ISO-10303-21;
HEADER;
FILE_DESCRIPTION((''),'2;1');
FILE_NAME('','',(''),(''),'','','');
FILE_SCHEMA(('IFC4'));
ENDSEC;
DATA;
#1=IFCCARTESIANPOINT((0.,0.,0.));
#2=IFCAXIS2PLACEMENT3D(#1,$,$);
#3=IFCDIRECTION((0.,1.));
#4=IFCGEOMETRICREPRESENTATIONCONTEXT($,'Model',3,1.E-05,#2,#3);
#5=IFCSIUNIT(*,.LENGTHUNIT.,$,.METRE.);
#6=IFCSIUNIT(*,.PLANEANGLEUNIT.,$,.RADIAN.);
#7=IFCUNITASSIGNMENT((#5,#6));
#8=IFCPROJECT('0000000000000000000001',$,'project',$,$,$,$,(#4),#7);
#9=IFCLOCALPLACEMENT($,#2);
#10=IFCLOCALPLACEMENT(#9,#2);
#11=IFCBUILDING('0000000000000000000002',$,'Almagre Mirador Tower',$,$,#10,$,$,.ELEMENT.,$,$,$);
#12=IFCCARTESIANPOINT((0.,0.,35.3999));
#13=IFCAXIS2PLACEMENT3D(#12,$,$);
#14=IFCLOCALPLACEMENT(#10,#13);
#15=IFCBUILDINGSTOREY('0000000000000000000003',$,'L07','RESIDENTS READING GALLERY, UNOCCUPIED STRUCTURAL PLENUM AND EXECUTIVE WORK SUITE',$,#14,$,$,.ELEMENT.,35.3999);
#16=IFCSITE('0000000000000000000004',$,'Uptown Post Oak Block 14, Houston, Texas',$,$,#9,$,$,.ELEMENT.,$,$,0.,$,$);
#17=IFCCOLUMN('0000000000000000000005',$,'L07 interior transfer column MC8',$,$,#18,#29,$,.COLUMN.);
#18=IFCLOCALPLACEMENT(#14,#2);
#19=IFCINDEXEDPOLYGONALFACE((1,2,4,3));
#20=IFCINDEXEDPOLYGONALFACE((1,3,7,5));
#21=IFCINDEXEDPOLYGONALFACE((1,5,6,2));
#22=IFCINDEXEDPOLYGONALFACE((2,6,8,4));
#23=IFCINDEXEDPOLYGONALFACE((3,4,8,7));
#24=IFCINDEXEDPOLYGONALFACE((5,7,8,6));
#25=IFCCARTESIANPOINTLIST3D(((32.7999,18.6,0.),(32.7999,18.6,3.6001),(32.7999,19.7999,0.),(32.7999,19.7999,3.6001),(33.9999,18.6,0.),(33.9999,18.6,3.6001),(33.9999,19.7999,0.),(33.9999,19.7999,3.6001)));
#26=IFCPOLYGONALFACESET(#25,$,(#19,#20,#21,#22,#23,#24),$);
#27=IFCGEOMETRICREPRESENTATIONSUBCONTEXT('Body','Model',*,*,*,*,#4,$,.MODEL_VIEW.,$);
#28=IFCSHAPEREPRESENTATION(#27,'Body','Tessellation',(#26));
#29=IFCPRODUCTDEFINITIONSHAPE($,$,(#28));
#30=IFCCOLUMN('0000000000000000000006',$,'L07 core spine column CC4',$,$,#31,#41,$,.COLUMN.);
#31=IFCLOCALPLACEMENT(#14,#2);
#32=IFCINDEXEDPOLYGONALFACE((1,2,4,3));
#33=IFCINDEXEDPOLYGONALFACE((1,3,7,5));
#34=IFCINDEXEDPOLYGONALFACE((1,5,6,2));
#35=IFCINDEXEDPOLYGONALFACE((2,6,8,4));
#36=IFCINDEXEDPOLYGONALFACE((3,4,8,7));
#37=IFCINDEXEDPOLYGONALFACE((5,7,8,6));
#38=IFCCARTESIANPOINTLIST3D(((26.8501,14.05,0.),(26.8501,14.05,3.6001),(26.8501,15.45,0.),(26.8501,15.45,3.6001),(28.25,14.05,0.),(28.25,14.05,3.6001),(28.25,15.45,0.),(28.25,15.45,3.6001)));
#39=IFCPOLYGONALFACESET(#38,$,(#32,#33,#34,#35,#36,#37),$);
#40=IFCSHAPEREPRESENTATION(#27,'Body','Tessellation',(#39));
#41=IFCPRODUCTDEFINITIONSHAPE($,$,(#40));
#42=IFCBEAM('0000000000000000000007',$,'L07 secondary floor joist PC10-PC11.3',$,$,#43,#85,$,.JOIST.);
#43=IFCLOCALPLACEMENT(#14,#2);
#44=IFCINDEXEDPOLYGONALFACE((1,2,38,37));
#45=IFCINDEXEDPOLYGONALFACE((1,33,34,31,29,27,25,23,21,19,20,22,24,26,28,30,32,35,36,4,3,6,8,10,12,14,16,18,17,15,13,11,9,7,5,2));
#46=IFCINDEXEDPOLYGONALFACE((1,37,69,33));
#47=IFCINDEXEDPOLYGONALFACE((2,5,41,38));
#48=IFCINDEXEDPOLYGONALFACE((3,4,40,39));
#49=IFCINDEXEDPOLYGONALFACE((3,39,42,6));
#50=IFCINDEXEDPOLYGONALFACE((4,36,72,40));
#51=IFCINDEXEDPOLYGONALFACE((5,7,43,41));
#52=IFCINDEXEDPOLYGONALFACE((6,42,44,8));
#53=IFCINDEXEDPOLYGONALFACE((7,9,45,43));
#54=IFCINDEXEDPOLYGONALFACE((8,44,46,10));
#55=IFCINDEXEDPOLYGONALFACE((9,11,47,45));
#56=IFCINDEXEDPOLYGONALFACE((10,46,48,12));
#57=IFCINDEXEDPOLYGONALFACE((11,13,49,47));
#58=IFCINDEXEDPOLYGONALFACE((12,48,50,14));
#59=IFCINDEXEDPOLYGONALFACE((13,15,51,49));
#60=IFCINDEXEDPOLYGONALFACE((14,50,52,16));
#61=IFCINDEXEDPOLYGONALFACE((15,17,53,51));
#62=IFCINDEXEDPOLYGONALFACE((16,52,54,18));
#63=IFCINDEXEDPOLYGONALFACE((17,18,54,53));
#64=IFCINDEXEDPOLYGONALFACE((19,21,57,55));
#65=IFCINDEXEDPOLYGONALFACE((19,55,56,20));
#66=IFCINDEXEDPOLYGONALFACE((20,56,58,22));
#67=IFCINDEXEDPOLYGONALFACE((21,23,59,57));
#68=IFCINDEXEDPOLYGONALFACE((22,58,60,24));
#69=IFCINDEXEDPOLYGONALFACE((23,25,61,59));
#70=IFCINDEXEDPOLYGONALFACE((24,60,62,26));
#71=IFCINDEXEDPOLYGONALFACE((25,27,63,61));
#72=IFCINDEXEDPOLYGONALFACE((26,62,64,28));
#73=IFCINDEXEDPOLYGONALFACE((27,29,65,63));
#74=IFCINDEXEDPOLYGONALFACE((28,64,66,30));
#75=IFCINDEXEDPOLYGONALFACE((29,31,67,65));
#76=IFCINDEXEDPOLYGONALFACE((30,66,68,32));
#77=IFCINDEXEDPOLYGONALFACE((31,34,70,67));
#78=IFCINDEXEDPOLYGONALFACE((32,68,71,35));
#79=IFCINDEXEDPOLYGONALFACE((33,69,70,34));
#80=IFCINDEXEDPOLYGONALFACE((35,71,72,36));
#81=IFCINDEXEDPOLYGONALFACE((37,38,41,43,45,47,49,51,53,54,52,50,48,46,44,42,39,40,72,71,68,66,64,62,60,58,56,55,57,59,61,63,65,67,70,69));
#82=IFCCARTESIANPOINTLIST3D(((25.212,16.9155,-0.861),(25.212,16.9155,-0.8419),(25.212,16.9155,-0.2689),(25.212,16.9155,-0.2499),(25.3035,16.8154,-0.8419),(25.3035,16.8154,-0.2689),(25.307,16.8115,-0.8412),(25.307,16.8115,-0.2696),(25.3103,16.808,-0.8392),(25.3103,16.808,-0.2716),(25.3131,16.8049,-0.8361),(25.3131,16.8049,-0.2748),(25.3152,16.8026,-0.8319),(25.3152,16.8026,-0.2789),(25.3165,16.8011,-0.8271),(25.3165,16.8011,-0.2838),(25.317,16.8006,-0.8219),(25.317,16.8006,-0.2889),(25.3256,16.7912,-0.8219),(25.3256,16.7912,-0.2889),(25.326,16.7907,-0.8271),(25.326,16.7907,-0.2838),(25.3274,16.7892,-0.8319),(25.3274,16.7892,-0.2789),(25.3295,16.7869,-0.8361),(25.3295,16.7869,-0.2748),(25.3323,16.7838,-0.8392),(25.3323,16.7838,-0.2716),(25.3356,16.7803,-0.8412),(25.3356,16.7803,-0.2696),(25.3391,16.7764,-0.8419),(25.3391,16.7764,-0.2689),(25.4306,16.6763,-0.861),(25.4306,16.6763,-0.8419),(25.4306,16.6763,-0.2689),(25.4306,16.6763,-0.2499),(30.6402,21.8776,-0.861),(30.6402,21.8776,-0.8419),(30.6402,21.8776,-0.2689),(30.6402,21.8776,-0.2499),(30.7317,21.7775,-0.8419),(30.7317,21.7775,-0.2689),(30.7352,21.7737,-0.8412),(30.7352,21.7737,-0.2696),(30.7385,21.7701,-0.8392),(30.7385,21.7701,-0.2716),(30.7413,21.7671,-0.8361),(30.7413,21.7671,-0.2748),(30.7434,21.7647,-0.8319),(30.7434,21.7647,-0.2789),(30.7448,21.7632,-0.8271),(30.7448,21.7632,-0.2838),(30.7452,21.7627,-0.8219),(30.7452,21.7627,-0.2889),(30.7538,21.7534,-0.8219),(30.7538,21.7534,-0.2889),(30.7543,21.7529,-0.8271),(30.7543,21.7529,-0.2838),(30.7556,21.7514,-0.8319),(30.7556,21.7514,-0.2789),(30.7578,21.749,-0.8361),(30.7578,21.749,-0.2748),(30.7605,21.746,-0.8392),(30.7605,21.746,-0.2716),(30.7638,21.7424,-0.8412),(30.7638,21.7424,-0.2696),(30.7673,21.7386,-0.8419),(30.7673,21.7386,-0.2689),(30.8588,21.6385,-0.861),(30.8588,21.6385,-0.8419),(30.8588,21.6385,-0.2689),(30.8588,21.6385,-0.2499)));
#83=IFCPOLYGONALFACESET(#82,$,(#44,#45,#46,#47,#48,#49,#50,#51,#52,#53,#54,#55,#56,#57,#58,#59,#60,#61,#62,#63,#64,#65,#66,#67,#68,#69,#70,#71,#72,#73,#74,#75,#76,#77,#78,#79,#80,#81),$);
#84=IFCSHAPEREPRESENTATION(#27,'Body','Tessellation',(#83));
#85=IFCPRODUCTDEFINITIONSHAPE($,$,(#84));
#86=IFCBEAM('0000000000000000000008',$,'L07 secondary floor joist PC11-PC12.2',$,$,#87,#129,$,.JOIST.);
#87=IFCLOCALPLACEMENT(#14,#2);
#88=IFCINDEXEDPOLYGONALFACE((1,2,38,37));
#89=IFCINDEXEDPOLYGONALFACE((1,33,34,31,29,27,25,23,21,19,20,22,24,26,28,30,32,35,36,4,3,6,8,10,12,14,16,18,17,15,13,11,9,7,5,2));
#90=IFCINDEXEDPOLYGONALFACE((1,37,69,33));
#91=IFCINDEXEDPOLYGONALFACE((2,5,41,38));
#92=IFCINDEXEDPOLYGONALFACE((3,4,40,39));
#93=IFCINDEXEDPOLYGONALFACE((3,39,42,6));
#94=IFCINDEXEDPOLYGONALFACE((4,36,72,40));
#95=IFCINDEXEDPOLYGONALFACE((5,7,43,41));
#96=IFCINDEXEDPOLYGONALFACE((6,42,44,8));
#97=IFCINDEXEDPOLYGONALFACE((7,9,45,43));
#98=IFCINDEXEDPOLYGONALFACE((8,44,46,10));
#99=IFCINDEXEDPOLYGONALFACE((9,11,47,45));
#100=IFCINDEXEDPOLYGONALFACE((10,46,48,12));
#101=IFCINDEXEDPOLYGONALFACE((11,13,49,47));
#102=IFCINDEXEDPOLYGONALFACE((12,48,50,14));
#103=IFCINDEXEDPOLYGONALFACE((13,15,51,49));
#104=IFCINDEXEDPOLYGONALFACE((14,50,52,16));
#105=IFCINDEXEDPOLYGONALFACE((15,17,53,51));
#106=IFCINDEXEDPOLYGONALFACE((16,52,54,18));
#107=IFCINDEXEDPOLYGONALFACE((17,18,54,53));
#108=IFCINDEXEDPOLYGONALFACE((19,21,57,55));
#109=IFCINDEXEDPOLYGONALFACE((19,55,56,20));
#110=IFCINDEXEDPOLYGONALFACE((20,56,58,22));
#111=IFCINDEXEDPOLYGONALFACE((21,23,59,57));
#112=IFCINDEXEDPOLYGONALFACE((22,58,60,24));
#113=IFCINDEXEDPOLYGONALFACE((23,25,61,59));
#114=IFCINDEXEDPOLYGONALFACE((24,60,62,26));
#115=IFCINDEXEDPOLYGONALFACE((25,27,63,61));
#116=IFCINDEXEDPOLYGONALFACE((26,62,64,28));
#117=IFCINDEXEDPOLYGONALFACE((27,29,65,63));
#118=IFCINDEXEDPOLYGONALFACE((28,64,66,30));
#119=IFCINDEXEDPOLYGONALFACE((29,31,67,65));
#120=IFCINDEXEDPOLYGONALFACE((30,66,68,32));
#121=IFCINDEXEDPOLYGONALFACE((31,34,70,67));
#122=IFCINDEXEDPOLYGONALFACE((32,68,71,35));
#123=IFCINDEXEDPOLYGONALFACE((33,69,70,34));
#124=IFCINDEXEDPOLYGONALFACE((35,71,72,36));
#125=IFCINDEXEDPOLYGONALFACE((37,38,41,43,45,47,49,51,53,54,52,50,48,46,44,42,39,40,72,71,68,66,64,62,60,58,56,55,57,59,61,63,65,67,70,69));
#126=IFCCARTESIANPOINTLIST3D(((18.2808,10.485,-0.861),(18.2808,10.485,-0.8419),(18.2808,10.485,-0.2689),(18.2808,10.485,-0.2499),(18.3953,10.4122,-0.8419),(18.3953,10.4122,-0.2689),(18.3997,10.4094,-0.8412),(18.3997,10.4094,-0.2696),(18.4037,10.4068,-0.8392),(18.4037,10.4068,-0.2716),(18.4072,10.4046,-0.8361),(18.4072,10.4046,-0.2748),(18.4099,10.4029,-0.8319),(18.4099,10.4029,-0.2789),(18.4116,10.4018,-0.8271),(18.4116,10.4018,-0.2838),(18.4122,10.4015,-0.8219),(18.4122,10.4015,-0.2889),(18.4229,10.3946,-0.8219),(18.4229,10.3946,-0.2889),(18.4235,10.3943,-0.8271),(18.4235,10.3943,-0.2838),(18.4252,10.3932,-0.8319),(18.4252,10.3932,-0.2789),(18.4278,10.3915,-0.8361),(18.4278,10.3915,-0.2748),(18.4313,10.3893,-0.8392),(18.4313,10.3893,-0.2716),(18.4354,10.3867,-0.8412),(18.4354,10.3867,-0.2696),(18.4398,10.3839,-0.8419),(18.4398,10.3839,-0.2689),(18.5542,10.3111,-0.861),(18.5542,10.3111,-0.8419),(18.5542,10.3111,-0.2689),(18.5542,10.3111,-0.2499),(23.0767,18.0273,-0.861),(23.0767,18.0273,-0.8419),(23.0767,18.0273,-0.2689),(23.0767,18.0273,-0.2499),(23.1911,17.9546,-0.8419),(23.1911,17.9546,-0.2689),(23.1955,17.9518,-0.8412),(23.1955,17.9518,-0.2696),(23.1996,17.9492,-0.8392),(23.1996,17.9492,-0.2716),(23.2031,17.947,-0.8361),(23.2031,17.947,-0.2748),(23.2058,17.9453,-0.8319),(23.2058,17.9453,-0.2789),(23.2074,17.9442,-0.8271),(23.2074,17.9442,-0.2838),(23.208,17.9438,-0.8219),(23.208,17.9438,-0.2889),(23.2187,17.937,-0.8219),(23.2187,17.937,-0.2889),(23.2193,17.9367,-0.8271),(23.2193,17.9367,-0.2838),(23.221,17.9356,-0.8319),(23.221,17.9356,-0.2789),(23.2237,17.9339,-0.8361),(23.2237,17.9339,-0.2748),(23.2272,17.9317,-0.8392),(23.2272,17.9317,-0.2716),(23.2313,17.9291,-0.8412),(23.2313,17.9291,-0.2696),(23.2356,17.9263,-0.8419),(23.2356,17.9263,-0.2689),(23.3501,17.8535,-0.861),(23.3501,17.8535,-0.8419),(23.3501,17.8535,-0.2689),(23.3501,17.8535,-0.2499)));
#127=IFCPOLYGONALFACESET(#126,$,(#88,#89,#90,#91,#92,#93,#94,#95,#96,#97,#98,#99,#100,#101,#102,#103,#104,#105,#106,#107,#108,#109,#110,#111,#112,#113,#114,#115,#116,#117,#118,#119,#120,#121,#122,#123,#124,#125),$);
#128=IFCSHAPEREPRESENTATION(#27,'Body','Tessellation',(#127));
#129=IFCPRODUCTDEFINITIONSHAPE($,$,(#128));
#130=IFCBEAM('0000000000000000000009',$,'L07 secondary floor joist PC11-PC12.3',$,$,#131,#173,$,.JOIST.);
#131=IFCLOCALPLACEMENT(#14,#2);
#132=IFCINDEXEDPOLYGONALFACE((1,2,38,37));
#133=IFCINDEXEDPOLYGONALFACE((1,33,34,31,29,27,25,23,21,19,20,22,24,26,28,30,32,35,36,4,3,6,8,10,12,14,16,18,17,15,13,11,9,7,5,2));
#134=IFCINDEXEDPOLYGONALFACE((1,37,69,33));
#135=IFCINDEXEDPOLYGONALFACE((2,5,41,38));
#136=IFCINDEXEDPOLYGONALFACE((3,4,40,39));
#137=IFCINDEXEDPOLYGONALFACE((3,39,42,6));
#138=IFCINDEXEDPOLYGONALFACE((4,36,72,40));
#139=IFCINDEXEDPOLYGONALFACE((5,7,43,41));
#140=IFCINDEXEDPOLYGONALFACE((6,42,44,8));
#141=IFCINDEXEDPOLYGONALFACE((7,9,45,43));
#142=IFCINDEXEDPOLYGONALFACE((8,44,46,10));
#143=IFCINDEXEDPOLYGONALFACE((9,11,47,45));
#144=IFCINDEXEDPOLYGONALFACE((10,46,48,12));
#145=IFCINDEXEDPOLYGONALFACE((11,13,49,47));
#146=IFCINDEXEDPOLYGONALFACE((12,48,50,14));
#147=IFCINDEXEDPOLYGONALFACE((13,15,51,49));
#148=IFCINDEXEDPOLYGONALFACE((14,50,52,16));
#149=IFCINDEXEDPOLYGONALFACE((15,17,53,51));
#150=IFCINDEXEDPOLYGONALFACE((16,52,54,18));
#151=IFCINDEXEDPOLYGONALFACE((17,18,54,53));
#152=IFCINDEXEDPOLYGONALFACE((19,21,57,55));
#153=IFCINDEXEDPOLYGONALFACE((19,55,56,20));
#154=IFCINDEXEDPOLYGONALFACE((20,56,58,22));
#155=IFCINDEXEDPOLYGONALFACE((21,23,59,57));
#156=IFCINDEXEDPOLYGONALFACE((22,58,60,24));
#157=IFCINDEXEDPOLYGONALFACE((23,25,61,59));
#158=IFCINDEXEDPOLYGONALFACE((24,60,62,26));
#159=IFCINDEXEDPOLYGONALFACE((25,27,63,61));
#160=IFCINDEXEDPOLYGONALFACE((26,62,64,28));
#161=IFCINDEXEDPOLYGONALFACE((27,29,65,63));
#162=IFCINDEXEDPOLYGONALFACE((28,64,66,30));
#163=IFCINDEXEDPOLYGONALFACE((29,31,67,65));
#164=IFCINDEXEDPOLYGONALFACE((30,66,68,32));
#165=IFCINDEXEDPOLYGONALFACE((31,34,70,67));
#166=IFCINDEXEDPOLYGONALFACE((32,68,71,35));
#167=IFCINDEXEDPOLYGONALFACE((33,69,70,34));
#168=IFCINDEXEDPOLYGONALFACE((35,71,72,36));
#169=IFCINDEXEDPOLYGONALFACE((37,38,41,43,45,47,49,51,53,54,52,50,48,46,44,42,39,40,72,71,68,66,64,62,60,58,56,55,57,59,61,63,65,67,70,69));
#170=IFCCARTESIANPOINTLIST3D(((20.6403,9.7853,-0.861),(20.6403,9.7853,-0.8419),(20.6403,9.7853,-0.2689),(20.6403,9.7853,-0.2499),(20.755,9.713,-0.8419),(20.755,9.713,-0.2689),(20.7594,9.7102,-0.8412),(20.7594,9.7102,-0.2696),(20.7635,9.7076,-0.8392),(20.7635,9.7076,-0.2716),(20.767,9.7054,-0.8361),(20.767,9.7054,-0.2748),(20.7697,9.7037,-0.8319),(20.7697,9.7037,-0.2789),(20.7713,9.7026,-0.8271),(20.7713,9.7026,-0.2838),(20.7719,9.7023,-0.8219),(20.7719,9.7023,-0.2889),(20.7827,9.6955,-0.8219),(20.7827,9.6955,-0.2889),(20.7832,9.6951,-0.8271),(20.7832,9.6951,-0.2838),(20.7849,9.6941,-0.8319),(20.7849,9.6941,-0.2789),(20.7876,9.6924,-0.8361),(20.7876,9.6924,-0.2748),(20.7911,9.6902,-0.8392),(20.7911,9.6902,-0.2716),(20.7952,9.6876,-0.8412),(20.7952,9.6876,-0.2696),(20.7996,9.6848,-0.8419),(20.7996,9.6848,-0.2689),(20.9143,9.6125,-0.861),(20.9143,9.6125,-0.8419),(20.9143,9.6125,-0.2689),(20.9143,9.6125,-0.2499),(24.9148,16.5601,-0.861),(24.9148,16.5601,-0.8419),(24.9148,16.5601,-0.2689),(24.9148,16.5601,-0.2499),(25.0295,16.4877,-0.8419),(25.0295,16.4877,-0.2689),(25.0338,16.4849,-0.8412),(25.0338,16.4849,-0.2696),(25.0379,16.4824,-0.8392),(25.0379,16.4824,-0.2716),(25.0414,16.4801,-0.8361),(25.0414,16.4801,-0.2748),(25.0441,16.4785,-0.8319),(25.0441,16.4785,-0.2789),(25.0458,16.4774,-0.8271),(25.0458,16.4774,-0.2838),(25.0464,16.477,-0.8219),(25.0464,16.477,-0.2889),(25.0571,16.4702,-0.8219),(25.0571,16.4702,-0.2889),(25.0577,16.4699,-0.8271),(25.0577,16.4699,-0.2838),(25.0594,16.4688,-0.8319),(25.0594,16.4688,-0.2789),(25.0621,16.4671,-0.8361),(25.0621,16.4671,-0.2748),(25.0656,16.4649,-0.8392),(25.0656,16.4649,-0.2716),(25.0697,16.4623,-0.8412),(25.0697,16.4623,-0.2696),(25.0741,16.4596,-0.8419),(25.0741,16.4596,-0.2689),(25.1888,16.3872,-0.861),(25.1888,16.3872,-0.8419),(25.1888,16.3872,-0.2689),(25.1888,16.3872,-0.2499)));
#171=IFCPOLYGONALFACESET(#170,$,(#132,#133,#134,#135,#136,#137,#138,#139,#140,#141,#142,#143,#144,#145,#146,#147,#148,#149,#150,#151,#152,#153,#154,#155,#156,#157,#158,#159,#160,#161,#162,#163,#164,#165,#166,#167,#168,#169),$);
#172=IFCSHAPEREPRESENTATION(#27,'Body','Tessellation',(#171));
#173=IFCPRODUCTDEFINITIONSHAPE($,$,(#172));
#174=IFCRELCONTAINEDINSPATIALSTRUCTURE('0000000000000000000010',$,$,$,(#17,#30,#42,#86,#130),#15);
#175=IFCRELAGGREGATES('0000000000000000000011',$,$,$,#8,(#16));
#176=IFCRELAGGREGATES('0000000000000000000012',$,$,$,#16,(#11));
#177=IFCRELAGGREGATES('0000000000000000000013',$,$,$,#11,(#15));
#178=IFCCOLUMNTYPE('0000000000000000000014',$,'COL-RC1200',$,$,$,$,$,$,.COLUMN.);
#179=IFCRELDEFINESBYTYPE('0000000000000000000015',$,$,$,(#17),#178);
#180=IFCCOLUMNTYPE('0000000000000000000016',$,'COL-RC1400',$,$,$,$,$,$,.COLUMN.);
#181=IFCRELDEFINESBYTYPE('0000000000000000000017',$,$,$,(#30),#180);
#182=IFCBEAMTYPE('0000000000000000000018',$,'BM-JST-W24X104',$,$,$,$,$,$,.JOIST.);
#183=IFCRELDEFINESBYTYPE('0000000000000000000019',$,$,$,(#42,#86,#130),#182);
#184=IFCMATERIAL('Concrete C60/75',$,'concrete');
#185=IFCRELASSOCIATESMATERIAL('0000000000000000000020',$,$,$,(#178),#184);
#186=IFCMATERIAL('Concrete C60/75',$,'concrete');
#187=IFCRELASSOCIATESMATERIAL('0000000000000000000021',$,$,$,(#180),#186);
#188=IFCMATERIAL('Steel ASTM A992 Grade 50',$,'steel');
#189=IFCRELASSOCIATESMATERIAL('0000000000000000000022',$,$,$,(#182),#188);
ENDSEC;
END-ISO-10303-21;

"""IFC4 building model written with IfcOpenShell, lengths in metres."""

from ifc_helpers import new_model, si_unit, direction, frame, origin, origin_2d, place, context, subcontext, project, spatial, rectangle, i_section, extrude, material, material_profile, profile_set, type_object, element, save


model = new_model("IFC4")

# Units and contexts
model_context = context("Model", 3, precision=1e-05, world=origin(), true_north=direction((0.0, 1.0)))
body_context = subcontext(model_context, "Body", "Model", "MODEL_VIEW")
ifc_project = project(units=[si_unit("LENGTHUNIT", "METRE"), si_unit("PLANEANGLEUNIT", "RADIAN")], contexts=[model_context])

# Site, building, storey
site_placement = place(None, origin())
site = spatial("IfcSite", under=ifc_project, at=site_placement, Name="Uptown Post Oak Block 14, Houston, Texas", CompositionType="ELEMENT", RefElevation=0.0)
building_placement = place(site_placement, origin())
building = spatial("IfcBuilding", under=site, at=building_placement, Name="Almagre Mirador Tower", CompositionType="ELEMENT")
storey_placement = place(building_placement, frame((0.0, 0.0, 35.3999)))
storey = spatial("IfcBuildingStorey", under=building, at=storey_placement, Name="L07", Description="RESIDENTS READING GALLERY, UNOCCUPIED STRUCTURAL PLENUM AND EXECUTIVE WORK SUITE", CompositionType="ELEMENT", Elevation=35.3999)

# Columns
ifc_material_1 = material(Name="Concrete C60/75", Category="concrete")
ifc_material_profile_1 = material_profile(ifc_material_1, rectangle(XDim=1.2, YDim=1.2, at=origin_2d()), Name="RC1200X1200")
ifc_profile_set_1 = profile_set([ifc_material_profile_1], Name="Concrete C60/75")
column_type_1 = type_object("IfcColumnType", Name="COL-RC1200", PredefinedType="COLUMN", material=ifc_profile_set_1)
column_1_placement = place(storey_placement, frame((33.3999, 19.2, 0.0), z_axis=(0.0, 0.0, 1.0), x_axis=(1.0, 0.0, 0.0)))
element("IfcColumn", 1, at=column_1_placement, inside=storey, type_object=column_type_1, Name="L07 interior transfer column MC8", PredefinedType="COLUMN", context=body_context, shape_type="SweptSolid", body=[
    extrude(rectangle(XDim=1.2, YDim=1.2, at=origin_2d()), origin(), (0.0, 0.0, 1.0), 3.6001),
])
ifc_material_2 = material(Name="Concrete C60/75", Category="concrete")
ifc_material_profile_2 = material_profile(ifc_material_2, rectangle(XDim=1.3999, YDim=1.3999, at=origin_2d()), Name="RC1400X1400")
ifc_profile_set_2 = profile_set([ifc_material_profile_2], Name="Concrete C60/75")
column_type_2 = type_object("IfcColumnType", Name="COL-RC1400", PredefinedType="COLUMN", material=ifc_profile_set_2)
column_2_placement = place(storey_placement, frame((27.55, 14.75, 0.0), z_axis=(0.0, 0.0, 1.0), x_axis=(1.0, 0.0, 0.0)))
element("IfcColumn", 2, at=column_2_placement, inside=storey, type_object=column_type_2, Name="L07 core spine column CC4", PredefinedType="COLUMN", context=body_context, shape_type="SweptSolid", body=[
    extrude(rectangle(XDim=1.3999, YDim=1.3999, at=origin_2d()), origin(), (0.0, 0.0, 1.0), 3.6001),
])

# Beams
ifc_material_3 = material(Name="Steel ASTM A992 Grade 50", Category="steel")
ifc_material_profile_3 = material_profile(ifc_material_3, i_section(OverallWidth=0.324, OverallDepth=0.6111, WebThickness=0.0127, FlangeThickness=0.019, FilletRadius=0.02, at=origin_2d()), Name="W24X104")
ifc_profile_set_3 = profile_set([ifc_material_profile_3], Name="Steel ASTM A992 Grade 50")
beam_type_1 = type_object("IfcBeamType", Name="BM-JST-W24X104", PredefinedType="JOIST", material=ifc_profile_set_3)
beam_1_placement = place(storey_placement, frame((30.7495, 21.7581, -0.5554), z_axis=(-0.738082, -0.674711, 0.0), x_axis=(0.674711, -0.738082, 0.0)))
element("IfcBeam", 3, at=beam_1_placement, inside=storey, type_object=beam_type_1, Name="L07 secondary floor joist PC10-PC11.3", PredefinedType="JOIST", context=body_context, shape_type="SweptSolid", body=[
    extrude(i_section(OverallWidth=0.324, OverallDepth=0.6111, WebThickness=0.0127, FlangeThickness=0.019, FilletRadius=0.02, at=origin_2d()), origin(), (0.0, 0.0, 1.0), 7.3545),
])
beam_2_placement = place(storey_placement, frame((23.2134, 17.9404, -0.5554), z_axis=(-0.536568, -0.843857, 0.0), x_axis=(0.843857, -0.536568, 0.0)))
element("IfcBeam", 4, at=beam_2_placement, inside=storey, type_object=beam_type_1, Name="L07 secondary floor joist PC11-PC12.2", PredefinedType="JOIST", context=body_context, shape_type="SweptSolid", body=[
    extrude(i_section(OverallWidth=0.324, OverallDepth=0.6111, WebThickness=0.0127, FlangeThickness=0.019, FilletRadius=0.02, at=origin_2d()), origin(), (0.0, 0.0, 1.0), 8.938),
])
beam_3_placement = place(storey_placement, frame((25.0518, 16.4736, -0.5554), z_axis=(-0.533608, -0.845732, 0.0), x_axis=(0.845732, -0.533608, 0.0)))
element("IfcBeam", 5, at=beam_3_placement, inside=storey, type_object=beam_type_1, Name="L07 secondary floor joist PC11-PC12.3", PredefinedType="JOIST", context=body_context, shape_type="SweptSolid", body=[
    extrude(i_section(OverallWidth=0.324, OverallDepth=0.6111, WebThickness=0.0127, FlangeThickness=0.019, FilletRadius=0.02, at=origin_2d()), origin(), (0.0, 0.0, 1.0), 8.0105),
])

save(model, "model.ifc")
